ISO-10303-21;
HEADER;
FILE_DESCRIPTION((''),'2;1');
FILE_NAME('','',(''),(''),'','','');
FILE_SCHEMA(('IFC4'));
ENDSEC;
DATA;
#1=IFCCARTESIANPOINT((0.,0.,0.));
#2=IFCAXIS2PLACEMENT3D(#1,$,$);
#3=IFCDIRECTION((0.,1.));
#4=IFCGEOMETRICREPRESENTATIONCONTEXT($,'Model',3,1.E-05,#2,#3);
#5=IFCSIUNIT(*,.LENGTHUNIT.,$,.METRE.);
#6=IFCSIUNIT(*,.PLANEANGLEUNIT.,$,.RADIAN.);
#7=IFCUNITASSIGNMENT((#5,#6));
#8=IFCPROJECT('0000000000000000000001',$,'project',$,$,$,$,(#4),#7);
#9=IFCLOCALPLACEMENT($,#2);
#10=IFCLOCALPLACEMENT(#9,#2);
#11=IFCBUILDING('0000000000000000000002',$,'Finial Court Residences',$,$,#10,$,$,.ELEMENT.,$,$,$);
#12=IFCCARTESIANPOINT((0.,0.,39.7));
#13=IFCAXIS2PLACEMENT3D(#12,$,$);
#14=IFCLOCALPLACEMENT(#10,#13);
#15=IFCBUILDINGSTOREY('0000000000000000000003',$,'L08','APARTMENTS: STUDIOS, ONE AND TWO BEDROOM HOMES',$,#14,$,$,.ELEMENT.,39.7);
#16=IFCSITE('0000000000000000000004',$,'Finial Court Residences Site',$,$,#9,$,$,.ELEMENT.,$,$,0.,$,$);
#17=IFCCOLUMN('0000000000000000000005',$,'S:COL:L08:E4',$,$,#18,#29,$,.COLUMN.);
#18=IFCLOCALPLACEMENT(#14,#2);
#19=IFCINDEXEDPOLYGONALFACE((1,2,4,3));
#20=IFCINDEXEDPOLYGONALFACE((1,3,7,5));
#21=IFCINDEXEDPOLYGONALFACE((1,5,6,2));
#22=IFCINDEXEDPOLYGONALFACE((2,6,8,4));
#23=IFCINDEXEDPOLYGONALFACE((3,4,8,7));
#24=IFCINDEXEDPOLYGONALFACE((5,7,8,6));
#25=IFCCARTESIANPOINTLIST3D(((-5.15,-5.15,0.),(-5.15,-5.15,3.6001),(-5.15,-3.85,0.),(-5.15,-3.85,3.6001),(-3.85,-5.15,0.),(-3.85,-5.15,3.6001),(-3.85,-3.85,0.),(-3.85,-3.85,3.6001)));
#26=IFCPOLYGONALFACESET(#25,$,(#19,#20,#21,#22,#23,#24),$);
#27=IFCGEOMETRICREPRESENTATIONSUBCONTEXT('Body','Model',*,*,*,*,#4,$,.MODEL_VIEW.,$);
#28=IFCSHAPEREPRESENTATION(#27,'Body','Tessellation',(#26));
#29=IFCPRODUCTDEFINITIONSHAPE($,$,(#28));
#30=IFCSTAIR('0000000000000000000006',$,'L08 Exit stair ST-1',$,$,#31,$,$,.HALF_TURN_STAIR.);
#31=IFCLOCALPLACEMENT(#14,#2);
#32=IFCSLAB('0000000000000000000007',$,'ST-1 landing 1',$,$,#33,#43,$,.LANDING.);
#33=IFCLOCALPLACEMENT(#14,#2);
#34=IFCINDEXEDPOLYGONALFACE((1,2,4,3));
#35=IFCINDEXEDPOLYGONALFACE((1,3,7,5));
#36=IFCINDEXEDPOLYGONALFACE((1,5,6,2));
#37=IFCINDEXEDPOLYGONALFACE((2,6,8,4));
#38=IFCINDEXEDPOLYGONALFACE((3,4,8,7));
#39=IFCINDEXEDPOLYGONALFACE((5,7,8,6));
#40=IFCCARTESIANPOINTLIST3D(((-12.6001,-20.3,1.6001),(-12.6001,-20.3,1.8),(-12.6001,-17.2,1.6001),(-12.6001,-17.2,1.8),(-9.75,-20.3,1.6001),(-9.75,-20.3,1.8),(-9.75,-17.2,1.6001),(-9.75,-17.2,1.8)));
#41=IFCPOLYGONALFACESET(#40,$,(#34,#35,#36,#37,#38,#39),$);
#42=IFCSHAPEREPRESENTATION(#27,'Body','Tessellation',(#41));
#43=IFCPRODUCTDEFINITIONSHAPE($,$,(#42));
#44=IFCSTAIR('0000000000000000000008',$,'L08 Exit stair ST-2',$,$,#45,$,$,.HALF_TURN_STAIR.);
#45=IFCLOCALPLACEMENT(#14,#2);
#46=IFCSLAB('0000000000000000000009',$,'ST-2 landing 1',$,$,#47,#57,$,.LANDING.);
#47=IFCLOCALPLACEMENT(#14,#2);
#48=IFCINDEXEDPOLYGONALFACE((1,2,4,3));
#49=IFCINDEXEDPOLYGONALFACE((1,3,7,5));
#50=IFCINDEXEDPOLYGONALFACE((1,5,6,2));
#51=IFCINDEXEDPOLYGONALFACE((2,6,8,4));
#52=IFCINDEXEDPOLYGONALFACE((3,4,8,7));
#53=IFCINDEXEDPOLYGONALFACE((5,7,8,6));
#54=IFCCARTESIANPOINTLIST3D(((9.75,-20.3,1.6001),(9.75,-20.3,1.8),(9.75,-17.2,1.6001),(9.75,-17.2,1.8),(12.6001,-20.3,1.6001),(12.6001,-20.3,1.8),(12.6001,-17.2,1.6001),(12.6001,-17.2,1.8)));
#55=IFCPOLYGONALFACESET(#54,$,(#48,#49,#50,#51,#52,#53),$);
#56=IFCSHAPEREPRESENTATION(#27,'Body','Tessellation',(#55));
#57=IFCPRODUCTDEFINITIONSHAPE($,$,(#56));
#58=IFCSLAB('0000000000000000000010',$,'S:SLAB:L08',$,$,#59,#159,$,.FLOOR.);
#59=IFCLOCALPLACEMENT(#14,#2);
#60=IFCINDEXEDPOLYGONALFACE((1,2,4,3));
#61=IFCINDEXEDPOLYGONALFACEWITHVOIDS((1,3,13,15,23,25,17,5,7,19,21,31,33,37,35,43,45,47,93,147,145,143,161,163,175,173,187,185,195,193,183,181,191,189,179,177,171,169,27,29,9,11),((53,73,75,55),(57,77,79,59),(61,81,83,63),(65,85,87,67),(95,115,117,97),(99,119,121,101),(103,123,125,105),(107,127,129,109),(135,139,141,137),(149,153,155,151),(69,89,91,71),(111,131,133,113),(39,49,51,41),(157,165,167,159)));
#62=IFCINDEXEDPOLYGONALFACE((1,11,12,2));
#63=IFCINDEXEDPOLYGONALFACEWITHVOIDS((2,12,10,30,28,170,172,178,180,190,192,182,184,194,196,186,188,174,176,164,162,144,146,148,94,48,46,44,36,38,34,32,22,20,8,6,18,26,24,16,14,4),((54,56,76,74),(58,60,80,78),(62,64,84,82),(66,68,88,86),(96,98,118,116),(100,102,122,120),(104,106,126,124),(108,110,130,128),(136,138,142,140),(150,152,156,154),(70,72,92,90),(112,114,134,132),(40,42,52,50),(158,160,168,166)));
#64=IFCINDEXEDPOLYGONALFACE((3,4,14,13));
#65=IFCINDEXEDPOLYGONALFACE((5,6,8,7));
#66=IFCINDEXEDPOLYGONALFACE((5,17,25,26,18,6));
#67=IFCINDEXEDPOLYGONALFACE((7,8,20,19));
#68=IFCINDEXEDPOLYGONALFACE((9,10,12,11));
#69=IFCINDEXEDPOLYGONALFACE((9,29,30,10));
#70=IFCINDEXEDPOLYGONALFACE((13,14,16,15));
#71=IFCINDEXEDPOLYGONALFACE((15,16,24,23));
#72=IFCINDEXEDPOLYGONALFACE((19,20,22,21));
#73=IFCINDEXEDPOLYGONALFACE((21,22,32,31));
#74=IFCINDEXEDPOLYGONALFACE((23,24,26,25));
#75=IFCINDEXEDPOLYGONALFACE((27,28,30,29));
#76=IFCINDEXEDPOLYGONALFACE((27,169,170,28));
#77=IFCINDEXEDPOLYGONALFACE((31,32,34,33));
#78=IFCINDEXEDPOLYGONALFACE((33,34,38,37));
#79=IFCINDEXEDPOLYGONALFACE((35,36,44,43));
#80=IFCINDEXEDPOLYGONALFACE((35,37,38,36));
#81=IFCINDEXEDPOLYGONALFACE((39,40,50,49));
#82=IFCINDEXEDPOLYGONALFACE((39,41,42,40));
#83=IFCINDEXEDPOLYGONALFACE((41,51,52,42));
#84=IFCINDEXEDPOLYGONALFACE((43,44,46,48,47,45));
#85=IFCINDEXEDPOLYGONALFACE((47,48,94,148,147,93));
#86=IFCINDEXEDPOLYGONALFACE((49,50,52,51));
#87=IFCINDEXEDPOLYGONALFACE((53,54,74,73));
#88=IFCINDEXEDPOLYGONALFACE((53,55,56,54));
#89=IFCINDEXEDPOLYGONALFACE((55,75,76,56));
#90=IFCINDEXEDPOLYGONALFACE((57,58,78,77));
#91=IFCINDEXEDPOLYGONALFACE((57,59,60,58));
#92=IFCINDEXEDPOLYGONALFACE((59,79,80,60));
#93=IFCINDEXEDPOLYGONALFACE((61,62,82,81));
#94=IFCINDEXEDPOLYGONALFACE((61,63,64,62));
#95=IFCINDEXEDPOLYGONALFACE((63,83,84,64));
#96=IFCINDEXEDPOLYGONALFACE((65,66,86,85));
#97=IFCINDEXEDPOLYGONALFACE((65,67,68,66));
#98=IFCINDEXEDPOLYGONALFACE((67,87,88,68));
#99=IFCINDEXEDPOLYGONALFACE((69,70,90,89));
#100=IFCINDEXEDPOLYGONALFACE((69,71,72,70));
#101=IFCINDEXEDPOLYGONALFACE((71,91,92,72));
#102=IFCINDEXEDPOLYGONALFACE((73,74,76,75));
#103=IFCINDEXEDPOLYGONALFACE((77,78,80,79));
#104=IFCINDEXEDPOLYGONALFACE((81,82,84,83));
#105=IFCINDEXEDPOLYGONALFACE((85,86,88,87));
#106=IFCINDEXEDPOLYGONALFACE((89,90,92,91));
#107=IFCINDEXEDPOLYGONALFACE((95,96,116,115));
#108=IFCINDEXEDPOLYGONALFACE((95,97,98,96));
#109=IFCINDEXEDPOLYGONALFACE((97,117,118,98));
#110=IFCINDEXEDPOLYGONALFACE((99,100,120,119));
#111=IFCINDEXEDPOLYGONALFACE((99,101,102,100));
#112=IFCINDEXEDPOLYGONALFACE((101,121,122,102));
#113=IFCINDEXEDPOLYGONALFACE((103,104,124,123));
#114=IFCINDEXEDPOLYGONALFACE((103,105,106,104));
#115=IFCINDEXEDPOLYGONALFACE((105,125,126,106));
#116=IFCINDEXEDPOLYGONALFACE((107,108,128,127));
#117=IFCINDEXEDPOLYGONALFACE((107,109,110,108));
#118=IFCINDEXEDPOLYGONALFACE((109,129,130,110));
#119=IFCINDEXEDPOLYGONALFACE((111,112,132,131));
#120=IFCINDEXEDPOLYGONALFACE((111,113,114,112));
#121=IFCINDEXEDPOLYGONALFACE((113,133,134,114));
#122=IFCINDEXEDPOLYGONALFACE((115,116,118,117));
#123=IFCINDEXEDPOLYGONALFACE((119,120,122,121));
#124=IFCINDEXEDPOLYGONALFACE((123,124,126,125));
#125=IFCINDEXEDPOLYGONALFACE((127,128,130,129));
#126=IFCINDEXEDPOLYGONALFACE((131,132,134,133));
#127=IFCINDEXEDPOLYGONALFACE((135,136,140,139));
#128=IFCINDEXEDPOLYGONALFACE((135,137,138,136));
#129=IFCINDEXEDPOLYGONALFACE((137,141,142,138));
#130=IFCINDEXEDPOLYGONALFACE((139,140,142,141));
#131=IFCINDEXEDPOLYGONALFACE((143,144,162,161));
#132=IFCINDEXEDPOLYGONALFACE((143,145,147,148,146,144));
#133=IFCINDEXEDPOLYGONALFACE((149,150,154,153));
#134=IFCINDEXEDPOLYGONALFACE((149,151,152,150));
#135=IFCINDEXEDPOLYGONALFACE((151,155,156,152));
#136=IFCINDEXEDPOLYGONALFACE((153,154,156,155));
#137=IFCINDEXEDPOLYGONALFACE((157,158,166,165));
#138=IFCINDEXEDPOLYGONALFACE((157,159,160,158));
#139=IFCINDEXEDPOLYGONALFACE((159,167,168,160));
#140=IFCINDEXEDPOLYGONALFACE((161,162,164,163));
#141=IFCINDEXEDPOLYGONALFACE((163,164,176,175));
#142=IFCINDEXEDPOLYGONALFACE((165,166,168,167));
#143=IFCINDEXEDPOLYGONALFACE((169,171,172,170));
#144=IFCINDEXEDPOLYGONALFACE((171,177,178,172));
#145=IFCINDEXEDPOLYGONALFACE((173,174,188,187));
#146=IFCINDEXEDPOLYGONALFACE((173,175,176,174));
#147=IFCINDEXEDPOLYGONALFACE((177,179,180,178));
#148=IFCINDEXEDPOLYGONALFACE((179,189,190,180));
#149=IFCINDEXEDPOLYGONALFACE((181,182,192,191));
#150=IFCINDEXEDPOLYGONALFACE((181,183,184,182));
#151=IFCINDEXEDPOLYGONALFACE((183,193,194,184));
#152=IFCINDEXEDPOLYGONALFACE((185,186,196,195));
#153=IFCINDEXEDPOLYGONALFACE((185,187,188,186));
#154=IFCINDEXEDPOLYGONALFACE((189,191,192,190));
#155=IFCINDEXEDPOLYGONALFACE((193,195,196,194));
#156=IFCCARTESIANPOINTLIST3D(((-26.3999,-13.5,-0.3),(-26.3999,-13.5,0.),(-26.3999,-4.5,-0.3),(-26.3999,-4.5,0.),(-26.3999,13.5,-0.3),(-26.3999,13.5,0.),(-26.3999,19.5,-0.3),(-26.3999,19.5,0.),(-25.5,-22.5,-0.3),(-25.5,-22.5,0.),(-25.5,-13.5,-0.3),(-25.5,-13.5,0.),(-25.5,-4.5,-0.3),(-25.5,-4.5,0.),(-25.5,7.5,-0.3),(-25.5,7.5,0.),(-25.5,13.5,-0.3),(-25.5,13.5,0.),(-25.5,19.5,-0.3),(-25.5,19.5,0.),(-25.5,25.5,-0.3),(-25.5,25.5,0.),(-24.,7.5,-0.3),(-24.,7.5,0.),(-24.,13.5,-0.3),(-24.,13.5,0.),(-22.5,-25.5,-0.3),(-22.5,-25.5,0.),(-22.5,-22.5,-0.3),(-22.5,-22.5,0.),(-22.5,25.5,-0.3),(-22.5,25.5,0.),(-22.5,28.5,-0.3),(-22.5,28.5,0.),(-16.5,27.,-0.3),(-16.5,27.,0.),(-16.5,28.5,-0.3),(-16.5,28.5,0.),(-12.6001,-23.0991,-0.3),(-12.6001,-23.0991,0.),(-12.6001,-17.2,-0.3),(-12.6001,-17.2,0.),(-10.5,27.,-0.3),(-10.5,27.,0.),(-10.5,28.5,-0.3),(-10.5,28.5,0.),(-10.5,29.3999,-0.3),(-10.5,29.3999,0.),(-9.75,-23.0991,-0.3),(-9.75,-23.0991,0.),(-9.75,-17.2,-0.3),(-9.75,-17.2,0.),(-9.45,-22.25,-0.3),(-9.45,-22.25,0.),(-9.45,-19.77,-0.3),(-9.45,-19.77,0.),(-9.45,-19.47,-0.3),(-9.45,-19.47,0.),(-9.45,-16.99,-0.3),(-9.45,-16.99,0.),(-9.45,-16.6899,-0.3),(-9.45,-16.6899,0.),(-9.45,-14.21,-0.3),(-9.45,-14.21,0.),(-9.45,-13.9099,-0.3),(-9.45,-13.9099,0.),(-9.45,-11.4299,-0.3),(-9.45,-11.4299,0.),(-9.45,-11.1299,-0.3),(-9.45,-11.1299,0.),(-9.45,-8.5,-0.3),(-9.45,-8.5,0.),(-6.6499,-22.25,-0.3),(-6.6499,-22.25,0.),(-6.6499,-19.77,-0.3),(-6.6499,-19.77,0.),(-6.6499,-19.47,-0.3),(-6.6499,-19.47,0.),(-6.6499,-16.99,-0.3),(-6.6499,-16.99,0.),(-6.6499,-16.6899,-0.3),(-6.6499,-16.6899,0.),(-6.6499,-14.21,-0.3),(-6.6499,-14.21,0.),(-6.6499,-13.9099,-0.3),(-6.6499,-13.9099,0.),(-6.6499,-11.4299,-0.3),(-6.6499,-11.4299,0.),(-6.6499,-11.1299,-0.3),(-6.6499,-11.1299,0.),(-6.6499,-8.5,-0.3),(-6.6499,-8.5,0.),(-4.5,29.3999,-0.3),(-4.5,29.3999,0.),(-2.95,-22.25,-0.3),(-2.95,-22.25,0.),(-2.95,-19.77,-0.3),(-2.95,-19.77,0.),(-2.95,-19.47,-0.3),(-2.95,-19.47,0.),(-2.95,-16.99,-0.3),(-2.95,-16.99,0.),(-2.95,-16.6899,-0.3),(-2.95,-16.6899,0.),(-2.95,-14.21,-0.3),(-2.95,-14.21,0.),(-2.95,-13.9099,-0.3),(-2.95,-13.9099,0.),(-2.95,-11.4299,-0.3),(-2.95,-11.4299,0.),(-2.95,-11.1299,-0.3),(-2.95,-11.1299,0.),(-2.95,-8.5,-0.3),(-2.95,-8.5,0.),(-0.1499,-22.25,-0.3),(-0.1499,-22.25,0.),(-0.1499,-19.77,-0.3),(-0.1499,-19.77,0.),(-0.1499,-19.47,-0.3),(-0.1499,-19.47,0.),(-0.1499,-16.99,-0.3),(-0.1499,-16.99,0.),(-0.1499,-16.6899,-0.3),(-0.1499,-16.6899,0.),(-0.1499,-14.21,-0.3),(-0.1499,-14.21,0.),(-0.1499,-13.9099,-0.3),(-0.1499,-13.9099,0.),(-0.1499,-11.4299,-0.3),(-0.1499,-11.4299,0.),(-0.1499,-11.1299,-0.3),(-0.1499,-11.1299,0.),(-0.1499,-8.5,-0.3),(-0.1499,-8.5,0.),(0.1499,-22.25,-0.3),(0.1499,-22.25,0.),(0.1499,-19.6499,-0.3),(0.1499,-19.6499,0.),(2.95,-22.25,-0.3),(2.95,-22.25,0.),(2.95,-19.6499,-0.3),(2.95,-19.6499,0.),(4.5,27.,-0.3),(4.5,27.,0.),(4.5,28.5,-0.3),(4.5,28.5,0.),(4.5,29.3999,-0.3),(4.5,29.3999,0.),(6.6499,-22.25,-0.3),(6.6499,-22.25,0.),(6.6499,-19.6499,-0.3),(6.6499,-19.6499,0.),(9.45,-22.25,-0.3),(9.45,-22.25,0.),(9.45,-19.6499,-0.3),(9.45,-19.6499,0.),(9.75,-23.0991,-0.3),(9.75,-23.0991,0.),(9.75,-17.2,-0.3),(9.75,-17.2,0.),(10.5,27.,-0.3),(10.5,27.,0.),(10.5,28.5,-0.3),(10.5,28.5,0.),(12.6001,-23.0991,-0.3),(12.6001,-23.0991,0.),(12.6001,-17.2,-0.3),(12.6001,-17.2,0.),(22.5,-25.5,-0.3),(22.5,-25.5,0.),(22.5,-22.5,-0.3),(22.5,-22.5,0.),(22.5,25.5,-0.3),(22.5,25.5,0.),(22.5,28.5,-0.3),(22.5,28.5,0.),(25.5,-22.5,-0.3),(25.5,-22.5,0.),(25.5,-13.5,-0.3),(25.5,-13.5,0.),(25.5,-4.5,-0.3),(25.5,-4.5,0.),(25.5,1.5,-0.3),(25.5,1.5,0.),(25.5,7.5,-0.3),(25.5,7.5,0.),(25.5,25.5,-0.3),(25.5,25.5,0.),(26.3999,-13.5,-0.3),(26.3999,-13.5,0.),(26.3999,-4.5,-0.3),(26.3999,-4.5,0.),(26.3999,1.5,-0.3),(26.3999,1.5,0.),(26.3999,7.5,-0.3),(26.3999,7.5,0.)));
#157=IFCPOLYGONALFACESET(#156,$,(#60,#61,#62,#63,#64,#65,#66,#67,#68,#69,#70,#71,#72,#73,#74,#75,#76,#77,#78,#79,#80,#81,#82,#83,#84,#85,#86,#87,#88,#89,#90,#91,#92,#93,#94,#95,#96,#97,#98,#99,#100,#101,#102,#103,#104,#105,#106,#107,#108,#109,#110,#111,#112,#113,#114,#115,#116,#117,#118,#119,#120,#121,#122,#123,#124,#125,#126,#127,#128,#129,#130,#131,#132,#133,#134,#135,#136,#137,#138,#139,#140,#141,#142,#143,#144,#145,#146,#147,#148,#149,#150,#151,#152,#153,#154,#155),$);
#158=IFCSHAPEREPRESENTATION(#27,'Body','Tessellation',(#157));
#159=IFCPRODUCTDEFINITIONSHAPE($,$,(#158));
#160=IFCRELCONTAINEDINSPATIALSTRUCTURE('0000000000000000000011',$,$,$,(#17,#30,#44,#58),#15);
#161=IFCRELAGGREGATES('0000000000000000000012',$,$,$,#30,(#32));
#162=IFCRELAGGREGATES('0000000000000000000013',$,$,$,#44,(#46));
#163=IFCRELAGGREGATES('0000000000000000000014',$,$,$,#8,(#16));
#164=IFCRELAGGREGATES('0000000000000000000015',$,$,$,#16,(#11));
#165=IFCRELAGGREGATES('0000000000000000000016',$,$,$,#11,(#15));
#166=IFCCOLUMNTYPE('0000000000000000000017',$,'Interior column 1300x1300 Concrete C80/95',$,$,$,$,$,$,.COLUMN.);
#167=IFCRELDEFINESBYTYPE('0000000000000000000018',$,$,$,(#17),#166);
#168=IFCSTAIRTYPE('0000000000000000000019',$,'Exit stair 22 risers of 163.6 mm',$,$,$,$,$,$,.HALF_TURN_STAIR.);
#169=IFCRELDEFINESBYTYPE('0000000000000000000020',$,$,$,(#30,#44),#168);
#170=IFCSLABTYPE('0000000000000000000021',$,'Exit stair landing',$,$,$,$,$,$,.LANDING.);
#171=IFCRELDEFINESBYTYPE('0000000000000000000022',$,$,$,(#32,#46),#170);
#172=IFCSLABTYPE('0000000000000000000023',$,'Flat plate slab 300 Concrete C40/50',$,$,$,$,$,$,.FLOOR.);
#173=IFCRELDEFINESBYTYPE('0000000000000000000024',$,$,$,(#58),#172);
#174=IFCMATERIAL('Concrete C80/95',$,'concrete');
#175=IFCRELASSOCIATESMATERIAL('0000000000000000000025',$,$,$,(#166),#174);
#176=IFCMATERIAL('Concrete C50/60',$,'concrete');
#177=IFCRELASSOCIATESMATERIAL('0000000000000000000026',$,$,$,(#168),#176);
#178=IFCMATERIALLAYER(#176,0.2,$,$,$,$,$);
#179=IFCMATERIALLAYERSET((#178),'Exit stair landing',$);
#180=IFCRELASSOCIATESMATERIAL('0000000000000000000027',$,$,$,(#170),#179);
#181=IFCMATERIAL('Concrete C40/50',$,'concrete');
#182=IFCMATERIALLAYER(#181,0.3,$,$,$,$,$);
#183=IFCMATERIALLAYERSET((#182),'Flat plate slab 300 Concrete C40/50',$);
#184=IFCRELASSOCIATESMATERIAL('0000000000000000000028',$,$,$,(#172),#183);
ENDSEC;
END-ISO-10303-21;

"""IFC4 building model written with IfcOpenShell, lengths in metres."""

from ifc_helpers import new_model, si_unit, direction, frame, origin, origin_2d, place, context, subcontext, project, spatial, polyline, rectangle, outline, extrude, material, layer, layer_set, material_profile, profile_set, type_object, element, aggregate, save


model = new_model("IFC4")

# Units and contexts
model_context = context("Model", 3, precision=1e-05, world=origin(), true_north=direction((0.0, 1.0)))
body_context = subcontext(model_context, "Body", "Model", "MODEL_VIEW")
ifc_project = project(units=[si_unit("LENGTHUNIT", "METRE"), si_unit("PLANEANGLEUNIT", "RADIAN")], contexts=[model_context])

# Site, building, storey
site_placement = place(None, origin())
site = spatial("IfcSite", under=ifc_project, at=site_placement, Name="Finial Court Residences Site", CompositionType="ELEMENT", RefElevation=0.0)
building_placement = place(site_placement, origin())
building = spatial("IfcBuilding", under=site, at=building_placement, Name="Finial Court Residences", CompositionType="ELEMENT")
storey_placement = place(building_placement, frame((0.0, 0.0, 39.7)))
storey = spatial("IfcBuildingStorey", under=building, at=storey_placement, Name="L08", Description="APARTMENTS: STUDIOS, ONE AND TWO BEDROOM HOMES", CompositionType="ELEMENT", Elevation=39.7)

# Column
ifc_material_1 = material(Name="Concrete C80/95", Category="concrete")
ifc_material_profile = material_profile(ifc_material_1, rectangle(XDim=1.3, YDim=1.3, at=origin_2d()), Name="1300x1300")
ifc_profile_set = profile_set([ifc_material_profile], Name="Concrete C80/95")
column_type = type_object("IfcColumnType", Name="Interior column 1300x1300 Concrete C80/95", PredefinedType="COLUMN", material=ifc_profile_set)
column_placement = place(storey_placement, frame((-4.5, -4.5, 0.0), z_axis=(0.0, 0.0, 1.0), x_axis=(1.0, 0.0, 0.0)))
element("IfcColumn", 1, at=column_placement, inside=storey, type_object=column_type, Name="S:COL:L08:E4", PredefinedType="COLUMN", context=body_context, shape_type="SweptSolid", body=[
    extrude(rectangle(XDim=1.3, YDim=1.3, at=origin_2d()), origin(), (0.0, 0.0, 1.0), 3.6001),
])

# Stairs, slabs
ifc_material_2 = material(Name="Concrete C50/60", Category="concrete")
stair_type = type_object("IfcStairType", Name="Exit stair 22 risers of 163.6 mm", PredefinedType="HALF_TURN_STAIR", material=ifc_material_2)
stair_1_placement = place(storey_placement, origin())
stair_1 = element("IfcStair", 2, at=stair_1_placement, inside=storey, type_object=stair_type, Name="L08 Exit stair ST-1", PredefinedType="HALF_TURN_STAIR")
ifc_layer_1 = layer(ifc_material_2, 0.2)
ifc_layer_set_1 = layer_set([ifc_layer_1], Name="Exit stair landing")
slab_type_1 = type_object("IfcSlabType", Name="Exit stair landing", PredefinedType="LANDING", material=ifc_layer_set_1)
slab_1_placement = place(storey_placement, frame((0.0, 0.0, 1.6001)))
slab_1 = element("IfcSlab", 3, at=slab_1_placement, type_object=slab_type_1, Name="ST-1 landing 1", PredefinedType="LANDING", context=body_context, shape_type="SweptSolid", body=[
    extrude(outline(polyline([(-9.75, -20.3), (-9.75, -17.2), (-12.6001, -17.2), (-12.6001, -20.3), (-9.75, -20.3)])), origin(), (0.0, 0.0, 1.0), 0.2),
])
aggregate(stair_1, [slab_1])
stair_2_placement = place(storey_placement, origin())
stair_2 = element("IfcStair", 4, at=stair_2_placement, inside=storey, type_object=stair_type, Name="L08 Exit stair ST-2", PredefinedType="HALF_TURN_STAIR")
slab_2_placement = place(storey_placement, frame((0.0, 0.0, 1.6001)))
slab_2 = element("IfcSlab", 5, at=slab_2_placement, type_object=slab_type_1, Name="ST-2 landing 1", PredefinedType="LANDING", context=body_context, shape_type="SweptSolid", body=[
    extrude(outline(polyline([(12.6001, -20.3), (12.6001, -17.2), (9.75, -17.2), (9.75, -20.3), (12.6001, -20.3)])), origin(), (0.0, 0.0, 1.0), 0.2),
])
aggregate(stair_2, [slab_2])

# Slab
ifc_material_3 = material(Name="Concrete C40/50", Category="concrete")
ifc_layer_2 = layer(ifc_material_3, 0.3)
ifc_layer_set_2 = layer_set([ifc_layer_2], Name="Flat plate slab 300 Concrete C40/50")
slab_type_2 = type_object("IfcSlabType", Name="Flat plate slab 300 Concrete C40/50", PredefinedType="FLOOR", material=ifc_layer_set_2)
slab_3_placement = place(storey_placement, frame((0.0, 0.0, -0.3)))
element("IfcSlab", 6, at=slab_3_placement, inside=storey, type_object=slab_type_2, Name="S:SLAB:L08", PredefinedType="FLOOR", context=body_context, shape_type="SweptSolid", body=[
    extrude(outline(polyline([(26.3999, -13.5), (25.5, -13.5), (25.5, -22.5), (22.5, -22.5), (22.5, -25.5), (-22.5, -25.5), (-22.5, -22.5), (-25.5, -22.5), (-25.5, -13.5), (-26.3999, -13.5), (-26.3999, -4.5), (-25.5, -4.5), (-25.5, 7.5), (-24.0, 7.5), (-24.0, 13.5), (-25.5, 13.5), (-26.3999, 13.5), (-26.3999, 19.5), (-25.5, 19.5), (-25.5, 25.5), (-22.5, 25.5), (-22.5, 28.5), (-16.5, 28.5), (-16.5, 27.0), (-10.5, 27.0), (-10.5, 28.5), (-10.5, 29.3999), (-4.5, 29.3999), (4.5, 29.3999), (4.5, 28.5), (4.5, 27.0), (10.5, 27.0), (10.5, 28.5), (22.5, 28.5), (22.5, 25.5), (25.5, 25.5), (25.5, 7.5), (26.3999, 7.5), (26.3999, 1.5), (25.5, 1.5), (25.5, -4.5), (26.3999, -4.5), (26.3999, -13.5)]), holes=[polyline([(-6.6499, -19.77), (-9.45, -19.77), (-9.45, -22.25), (-6.6499, -22.25), (-6.6499, -19.77)]), polyline([(-9.75, -17.2), (-12.6001, -17.2), (-12.6001, -23.0991), (-9.75, -23.0991), (-9.75, -17.2)]), polyline([(-6.6499, -19.47), (-6.6499, -16.99), (-9.45, -16.99), (-9.45, -19.47), (-6.6499, -19.47)]), polyline([(-6.6499, -16.6899), (-6.6499, -14.21), (-9.45, -14.21), (-9.45, -16.6899), (-6.6499, -16.6899)]), polyline([(-6.6499, -13.9099), (-6.6499, -11.4299), (-9.45, -11.4299), (-9.45, -13.9099), (-6.6499, -13.9099)]), polyline([(-6.6499, -11.1299), (-6.6499, -8.5), (-9.45, -8.5), (-9.45, -11.1299), (-6.6499, -11.1299)]), polyline([(-0.1499, -11.1299), (-0.1499, -8.5), (-2.95, -8.5), (-2.95, -11.1299), (-0.1499, -11.1299)]), polyline([(-0.1499, -19.77), (-2.95, -19.77), (-2.95, -22.25), (-0.1499, -22.25), (-0.1499, -19.77)]), polyline([(2.95, -22.25), (2.95, -19.6499), (0.1499, -19.6499), (0.1499, -22.25), (2.95, -22.25)]), polyline([(9.45, -22.25), (9.45, -19.6499), (6.6499, -19.6499), (6.6499, -22.25), (9.45, -22.25)]), polyline([(12.6001, -17.2), (9.75, -17.2), (9.75, -23.0991), (12.6001, -23.0991), (12.6001, -17.2)]), polyline([(-0.1499, -19.47), (-0.1499, -16.99), (-2.95, -16.99), (-2.95, -19.47), (-0.1499, -19.47)]), polyline([(-0.1499, -16.6899), (-0.1499, -14.21), (-2.95, -14.21), (-2.95, -16.6899), (-0.1499, -16.6899)]), polyline([(-0.1499, -13.9099), (-0.1499, -11.4299), (-2.95, -11.4299), (-2.95, -13.9099), (-0.1499, -13.9099)])]), origin(), (0.0, 0.0, 1.0), 0.3),
])

save(model, "model.ifc")
